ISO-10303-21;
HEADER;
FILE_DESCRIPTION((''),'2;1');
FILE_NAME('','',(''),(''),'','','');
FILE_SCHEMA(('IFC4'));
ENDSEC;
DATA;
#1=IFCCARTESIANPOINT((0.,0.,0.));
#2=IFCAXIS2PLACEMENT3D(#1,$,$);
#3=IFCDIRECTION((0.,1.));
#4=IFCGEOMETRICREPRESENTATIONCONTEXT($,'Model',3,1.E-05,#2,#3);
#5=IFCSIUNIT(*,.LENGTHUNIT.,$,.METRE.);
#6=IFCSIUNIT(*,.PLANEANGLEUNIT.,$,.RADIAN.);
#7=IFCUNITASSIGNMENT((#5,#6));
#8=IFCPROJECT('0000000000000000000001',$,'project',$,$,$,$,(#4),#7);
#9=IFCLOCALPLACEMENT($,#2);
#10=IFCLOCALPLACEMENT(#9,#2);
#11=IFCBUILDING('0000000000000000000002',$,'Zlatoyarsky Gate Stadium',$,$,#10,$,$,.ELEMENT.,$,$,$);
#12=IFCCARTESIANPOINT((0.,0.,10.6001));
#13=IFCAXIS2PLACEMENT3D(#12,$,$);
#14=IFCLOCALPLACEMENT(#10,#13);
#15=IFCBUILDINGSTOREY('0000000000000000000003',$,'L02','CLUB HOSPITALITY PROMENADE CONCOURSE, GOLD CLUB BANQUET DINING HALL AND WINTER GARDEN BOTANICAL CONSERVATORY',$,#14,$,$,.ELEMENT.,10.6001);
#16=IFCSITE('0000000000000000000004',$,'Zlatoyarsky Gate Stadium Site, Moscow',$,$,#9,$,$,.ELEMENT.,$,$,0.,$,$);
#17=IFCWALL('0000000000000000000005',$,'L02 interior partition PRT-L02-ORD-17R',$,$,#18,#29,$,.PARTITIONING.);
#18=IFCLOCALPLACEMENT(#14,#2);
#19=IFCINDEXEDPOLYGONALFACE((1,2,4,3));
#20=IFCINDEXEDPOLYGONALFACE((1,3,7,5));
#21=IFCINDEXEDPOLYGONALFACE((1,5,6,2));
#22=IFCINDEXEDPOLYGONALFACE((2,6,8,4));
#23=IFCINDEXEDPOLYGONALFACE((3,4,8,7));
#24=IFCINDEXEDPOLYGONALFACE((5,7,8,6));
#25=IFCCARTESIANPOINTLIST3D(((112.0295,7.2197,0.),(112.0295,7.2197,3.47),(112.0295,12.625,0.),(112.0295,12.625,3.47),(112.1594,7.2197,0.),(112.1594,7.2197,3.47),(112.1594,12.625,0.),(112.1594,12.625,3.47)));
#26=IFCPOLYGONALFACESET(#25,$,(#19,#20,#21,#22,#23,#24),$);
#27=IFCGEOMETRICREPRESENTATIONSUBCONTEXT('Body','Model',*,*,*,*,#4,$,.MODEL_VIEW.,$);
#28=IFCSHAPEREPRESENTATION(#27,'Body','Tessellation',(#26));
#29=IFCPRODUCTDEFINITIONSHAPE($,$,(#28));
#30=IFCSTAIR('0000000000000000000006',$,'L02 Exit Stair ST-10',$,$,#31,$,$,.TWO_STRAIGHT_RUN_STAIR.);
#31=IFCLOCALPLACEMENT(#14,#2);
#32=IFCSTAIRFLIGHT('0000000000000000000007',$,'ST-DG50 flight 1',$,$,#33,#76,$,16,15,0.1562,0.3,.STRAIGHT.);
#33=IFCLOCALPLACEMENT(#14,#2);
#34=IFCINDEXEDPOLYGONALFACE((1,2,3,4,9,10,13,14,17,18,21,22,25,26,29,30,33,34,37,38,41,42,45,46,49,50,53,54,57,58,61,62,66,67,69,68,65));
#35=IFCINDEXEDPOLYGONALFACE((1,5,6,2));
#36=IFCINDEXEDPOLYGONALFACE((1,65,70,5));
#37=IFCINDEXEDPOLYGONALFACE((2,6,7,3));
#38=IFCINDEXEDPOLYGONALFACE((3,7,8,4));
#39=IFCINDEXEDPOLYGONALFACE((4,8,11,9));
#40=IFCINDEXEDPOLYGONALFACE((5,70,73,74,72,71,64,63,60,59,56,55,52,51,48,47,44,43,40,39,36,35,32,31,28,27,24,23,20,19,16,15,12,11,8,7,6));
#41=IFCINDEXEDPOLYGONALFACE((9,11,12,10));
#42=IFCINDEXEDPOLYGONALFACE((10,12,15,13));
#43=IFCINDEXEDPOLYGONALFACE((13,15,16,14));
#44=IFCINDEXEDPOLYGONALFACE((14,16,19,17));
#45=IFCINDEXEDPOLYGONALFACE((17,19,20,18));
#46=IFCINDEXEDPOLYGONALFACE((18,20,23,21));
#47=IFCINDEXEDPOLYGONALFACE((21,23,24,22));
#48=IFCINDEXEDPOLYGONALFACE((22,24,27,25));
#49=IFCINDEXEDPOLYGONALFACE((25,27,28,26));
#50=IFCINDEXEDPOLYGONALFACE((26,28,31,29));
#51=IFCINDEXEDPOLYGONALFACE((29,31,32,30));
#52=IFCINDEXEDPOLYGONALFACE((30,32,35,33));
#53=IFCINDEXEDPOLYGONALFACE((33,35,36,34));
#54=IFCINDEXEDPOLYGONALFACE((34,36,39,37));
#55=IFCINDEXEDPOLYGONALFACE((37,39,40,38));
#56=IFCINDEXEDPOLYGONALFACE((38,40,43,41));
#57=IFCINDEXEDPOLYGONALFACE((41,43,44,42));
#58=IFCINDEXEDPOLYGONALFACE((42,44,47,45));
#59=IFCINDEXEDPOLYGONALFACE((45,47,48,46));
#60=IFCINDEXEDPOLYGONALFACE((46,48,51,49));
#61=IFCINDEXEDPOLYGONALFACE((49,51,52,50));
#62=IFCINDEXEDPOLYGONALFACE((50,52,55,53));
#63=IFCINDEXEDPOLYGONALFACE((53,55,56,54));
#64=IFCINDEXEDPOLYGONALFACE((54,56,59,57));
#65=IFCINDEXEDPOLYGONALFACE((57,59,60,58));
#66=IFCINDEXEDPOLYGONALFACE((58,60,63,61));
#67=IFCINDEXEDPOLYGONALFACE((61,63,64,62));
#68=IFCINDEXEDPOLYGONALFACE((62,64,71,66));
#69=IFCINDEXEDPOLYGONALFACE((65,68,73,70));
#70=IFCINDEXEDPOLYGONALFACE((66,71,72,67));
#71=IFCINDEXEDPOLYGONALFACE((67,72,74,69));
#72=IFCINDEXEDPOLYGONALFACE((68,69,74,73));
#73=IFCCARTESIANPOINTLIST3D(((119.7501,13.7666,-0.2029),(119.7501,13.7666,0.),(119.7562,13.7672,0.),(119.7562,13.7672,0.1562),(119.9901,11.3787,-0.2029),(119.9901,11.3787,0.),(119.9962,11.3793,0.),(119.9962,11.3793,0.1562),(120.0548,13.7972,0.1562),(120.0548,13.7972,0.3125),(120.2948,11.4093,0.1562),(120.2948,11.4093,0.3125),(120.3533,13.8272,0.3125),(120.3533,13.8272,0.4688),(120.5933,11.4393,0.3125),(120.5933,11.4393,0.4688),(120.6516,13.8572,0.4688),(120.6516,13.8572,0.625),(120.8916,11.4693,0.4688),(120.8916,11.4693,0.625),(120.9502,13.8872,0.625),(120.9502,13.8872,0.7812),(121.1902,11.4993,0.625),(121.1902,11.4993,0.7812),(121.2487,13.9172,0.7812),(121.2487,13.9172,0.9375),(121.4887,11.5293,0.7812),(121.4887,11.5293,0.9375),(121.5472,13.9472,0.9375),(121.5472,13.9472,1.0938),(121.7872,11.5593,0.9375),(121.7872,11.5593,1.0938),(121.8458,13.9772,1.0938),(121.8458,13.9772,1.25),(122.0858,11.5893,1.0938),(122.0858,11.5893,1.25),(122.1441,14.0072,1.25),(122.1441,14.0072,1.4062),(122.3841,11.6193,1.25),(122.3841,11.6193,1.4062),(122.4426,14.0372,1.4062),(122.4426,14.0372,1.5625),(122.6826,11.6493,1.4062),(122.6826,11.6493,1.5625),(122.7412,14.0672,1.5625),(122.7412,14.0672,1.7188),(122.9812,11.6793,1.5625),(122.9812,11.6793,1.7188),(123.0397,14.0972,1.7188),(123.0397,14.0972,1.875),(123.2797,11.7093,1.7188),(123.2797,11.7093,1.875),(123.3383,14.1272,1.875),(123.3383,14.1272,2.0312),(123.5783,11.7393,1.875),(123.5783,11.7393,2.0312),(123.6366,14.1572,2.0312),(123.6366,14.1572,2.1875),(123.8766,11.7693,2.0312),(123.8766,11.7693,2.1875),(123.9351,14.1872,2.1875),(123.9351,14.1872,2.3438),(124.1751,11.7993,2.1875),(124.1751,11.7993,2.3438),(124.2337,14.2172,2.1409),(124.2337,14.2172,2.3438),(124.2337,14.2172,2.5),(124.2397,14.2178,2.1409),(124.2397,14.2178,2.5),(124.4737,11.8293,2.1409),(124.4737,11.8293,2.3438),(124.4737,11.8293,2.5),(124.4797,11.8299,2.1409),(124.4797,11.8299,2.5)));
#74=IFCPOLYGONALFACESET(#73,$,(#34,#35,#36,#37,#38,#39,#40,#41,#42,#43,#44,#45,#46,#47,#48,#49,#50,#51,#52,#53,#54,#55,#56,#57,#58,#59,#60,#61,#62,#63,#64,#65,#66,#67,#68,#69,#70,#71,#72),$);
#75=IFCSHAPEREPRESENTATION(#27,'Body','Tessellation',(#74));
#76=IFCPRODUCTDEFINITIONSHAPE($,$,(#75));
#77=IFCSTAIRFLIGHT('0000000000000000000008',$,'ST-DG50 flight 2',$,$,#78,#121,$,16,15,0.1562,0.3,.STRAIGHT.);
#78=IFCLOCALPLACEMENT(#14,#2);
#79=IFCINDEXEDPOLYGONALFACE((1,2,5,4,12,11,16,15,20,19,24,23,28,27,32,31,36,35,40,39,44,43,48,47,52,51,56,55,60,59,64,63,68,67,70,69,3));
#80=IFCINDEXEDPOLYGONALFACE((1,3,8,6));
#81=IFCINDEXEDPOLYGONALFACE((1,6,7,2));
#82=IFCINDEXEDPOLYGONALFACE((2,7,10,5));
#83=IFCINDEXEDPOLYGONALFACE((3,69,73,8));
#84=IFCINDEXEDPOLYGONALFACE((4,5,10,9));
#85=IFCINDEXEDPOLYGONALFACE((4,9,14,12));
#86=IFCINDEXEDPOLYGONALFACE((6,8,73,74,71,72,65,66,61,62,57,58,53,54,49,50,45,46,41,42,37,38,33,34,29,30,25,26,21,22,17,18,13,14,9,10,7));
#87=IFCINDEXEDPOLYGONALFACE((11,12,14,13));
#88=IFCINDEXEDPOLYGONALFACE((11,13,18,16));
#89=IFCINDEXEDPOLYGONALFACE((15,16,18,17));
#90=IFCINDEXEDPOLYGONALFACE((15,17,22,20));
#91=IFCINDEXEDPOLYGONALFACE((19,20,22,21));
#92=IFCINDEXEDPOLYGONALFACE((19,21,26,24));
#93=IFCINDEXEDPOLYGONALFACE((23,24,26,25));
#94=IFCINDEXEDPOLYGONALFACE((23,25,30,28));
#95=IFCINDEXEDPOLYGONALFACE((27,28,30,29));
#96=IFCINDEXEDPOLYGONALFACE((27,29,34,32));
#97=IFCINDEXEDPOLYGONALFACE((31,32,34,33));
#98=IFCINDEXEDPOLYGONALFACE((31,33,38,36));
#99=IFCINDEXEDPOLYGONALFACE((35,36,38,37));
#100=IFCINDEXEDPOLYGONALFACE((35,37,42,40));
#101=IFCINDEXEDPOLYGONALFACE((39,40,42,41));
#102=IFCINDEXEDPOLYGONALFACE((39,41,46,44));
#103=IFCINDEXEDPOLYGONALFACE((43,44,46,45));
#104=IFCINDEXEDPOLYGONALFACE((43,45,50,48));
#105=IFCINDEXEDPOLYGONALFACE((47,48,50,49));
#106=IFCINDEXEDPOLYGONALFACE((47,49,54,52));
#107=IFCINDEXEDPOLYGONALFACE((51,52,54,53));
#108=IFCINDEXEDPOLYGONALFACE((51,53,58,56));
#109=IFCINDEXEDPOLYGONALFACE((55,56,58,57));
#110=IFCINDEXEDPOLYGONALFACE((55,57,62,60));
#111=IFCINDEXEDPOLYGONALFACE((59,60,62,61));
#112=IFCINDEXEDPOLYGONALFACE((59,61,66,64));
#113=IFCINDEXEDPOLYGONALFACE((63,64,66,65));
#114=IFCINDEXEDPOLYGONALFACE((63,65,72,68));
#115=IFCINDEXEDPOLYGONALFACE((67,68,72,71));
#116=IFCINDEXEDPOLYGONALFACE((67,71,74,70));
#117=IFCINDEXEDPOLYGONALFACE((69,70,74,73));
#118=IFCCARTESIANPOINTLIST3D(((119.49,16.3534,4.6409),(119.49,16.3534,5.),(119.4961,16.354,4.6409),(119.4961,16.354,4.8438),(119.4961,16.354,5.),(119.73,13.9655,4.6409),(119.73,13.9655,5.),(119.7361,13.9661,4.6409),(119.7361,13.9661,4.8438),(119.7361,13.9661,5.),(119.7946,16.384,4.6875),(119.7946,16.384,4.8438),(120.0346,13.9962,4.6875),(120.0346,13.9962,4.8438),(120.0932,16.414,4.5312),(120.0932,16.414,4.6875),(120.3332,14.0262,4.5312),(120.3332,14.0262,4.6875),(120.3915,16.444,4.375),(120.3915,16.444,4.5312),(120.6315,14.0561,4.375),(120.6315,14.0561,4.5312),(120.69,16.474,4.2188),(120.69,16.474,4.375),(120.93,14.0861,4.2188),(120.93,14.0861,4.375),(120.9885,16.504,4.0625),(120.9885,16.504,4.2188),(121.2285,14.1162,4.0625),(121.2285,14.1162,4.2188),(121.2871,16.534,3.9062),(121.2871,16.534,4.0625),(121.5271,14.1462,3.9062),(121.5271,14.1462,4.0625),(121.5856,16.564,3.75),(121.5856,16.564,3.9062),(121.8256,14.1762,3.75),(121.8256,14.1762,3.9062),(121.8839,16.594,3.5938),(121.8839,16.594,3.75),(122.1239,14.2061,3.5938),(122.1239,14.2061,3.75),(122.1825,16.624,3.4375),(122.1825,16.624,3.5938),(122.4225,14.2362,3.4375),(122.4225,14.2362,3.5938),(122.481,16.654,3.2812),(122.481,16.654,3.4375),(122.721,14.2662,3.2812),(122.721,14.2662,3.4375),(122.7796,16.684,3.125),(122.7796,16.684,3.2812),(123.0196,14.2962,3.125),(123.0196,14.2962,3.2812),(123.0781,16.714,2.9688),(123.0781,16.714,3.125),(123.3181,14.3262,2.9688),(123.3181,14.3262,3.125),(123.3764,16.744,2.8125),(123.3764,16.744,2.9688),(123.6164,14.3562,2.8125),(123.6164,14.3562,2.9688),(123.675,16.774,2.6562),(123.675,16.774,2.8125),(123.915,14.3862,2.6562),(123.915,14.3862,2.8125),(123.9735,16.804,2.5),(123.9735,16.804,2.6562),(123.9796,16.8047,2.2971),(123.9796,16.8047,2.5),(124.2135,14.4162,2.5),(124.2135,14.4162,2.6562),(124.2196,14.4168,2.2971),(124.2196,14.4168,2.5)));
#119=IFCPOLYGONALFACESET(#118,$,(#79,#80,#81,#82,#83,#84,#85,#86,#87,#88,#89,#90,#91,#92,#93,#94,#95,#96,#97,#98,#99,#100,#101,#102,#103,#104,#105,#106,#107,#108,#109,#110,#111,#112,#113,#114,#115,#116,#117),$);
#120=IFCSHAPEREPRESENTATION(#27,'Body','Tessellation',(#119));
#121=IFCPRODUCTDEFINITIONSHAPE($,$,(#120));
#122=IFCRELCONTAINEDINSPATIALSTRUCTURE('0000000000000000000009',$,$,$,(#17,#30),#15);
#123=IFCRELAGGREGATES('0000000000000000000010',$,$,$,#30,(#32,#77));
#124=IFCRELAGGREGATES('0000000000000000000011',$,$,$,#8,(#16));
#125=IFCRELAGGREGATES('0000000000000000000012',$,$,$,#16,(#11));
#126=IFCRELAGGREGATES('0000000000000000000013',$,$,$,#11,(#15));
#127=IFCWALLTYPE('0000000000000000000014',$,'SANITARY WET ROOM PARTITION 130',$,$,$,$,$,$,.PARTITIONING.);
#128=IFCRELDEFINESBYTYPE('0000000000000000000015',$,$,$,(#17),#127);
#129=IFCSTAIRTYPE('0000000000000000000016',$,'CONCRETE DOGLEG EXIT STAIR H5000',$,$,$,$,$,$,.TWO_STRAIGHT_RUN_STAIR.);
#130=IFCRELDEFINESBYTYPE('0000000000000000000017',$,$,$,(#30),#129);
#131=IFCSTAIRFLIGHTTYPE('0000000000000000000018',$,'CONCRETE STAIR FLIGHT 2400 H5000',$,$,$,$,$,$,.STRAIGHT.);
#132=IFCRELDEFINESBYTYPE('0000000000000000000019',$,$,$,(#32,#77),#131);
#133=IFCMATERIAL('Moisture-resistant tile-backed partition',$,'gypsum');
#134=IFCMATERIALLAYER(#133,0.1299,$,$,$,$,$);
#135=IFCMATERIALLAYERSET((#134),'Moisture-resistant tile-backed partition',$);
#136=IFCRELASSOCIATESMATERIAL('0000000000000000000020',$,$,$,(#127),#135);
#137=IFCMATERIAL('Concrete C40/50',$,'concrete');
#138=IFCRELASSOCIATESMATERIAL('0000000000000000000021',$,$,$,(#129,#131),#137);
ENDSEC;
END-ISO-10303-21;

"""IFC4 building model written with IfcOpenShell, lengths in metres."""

from ifc_helpers import new_model, si_unit, direction, frame, frame_2d, origin, place, context, subcontext, project, spatial, polyline, rectangle, outline, extrude, material, layer, layer_set, type_object, element, aggregate, save


model = new_model("IFC4")

# Units and contexts
model_context = context("Model", 3, precision=1e-05, world=origin(), true_north=direction((0.0, 1.0)))
body_context = subcontext(model_context, "Body", "Model", "MODEL_VIEW")
ifc_project = project(units=[si_unit("LENGTHUNIT", "METRE"), si_unit("PLANEANGLEUNIT", "RADIAN")], contexts=[model_context])

# Site, building, storey
site_placement = place(None, origin())
site = spatial("IfcSite", under=ifc_project, at=site_placement, Name="Zlatoyarsky Gate Stadium Site, Moscow", CompositionType="ELEMENT", RefElevation=0.0)
building_placement = place(site_placement, origin())
building = spatial("IfcBuilding", under=site, at=building_placement, Name="Zlatoyarsky Gate Stadium", CompositionType="ELEMENT")
storey_placement = place(building_placement, frame((0.0, 0.0, 10.6001)))
storey = spatial("IfcBuildingStorey", under=building, at=storey_placement, Name="L02", Description="CLUB HOSPITALITY PROMENADE CONCOURSE, GOLD CLUB BANQUET DINING HALL AND WINTER GARDEN BOTANICAL CONSERVATORY", CompositionType="ELEMENT", Elevation=10.6001)

# Shared definitions
ifc_material_1 = material(Name="Concrete C40/50", Category="concrete")

# Wall
ifc_material_2 = material(Name="Moisture-resistant tile-backed partition", Category="gypsum")
ifc_layer_1 = layer(ifc_material_2, 0.1299)
ifc_layer_set_1 = layer_set([ifc_layer_1], Name="Moisture-resistant tile-backed partition")
wall_type_1 = type_object("IfcWallType", Name="SANITARY WET ROOM PARTITION 130", PredefinedType="PARTITIONING", material=ifc_layer_set_1)
wall_1_placement = place(storey_placement, frame((112.0945, 12.625, 0.0), z_axis=(0.0, 0.0, 1.0), x_axis=(0.0, -1.0, 0.0)))
element("IfcWall", 1, at=wall_1_placement, inside=storey, type_object=wall_type_1, Name="L02 interior partition PRT-L02-ORD-17R", PredefinedType="PARTITIONING", context=body_context, shape_type="SweptSolid", body=[
    extrude(rectangle(XDim=5.4053, YDim=0.1299, at=frame_2d((2.7026, 0.0))), origin(), (0.0, 0.0, 1.0), 3.47),
])

# Stair, stair flights
stair_type = type_object("IfcStairType", Name="CONCRETE DOGLEG EXIT STAIR H5000", PredefinedType="TWO_STRAIGHT_RUN_STAIR", material=ifc_material_1)
stair_placement = place(storey_placement, origin())
stair = element("IfcStair", 2, at=stair_placement, inside=storey, type_object=stair_type, Name="L02 Exit Stair ST-10", PredefinedType="TWO_STRAIGHT_RUN_STAIR")
stair_flight_type = type_object("IfcStairFlightType", Name="CONCRETE STAIR FLIGHT 2400 H5000", PredefinedType="STRAIGHT", material=ifc_material_1)
stair_flight_1_placement = place(storey_placement, frame((119.8762, 12.5732, 0.0), z_axis=(0.0, 0.0, 1.0), x_axis=(0.994987, 0.100006, 0.0)))
stair_flight_1 = element("IfcStairFlight", 3, at=stair_flight_1_placement, type_object=stair_flight_type, Name="ST-DG50 flight 1", NumberOfRisers=16, NumberOfTreads=15, PredefinedType="STRAIGHT", RiserHeight=0.1562, TreadLength=0.3, context=body_context, shape_type="SweptSolid", body=[
    extrude(outline(polyline([(-0.0061, -0.2029), (-0.0061, 0.0), (0.0, 0.0), (0.0, 0.1562), (0.3, 0.1562), (0.3, 0.3125), (0.6001, 0.3125), (0.6001, 0.4688), (0.8999, 0.4688), (0.8999, 0.625), (1.2, 0.625), (1.2, 0.7812), (1.5, 0.7812), (1.5, 0.9375), (1.8, 0.9375), (1.8, 1.0938), (2.1001, 1.0938), (2.1001, 1.25), (2.3999, 1.25), (2.3999, 1.4062), (2.7, 1.4062), (2.7, 1.5625), (3.0, 1.5625), (3.0, 1.7188), (3.3, 1.7188), (3.3, 1.875), (3.6001, 1.875), (3.6001, 2.0312), (3.8999, 2.0312), (3.8999, 2.1875), (4.2, 2.1875), (4.2, 2.3438), (4.5, 2.3438), (4.5, 2.5), (4.5061, 2.5), (4.5061, 2.1409), (4.5, 2.1409), (-0.0061, -0.2029)])), frame((0.0, 1.2, 0.0), z_axis=(0.0, -1.0, 0.0), x_axis=(1.0, 0.0, 0.0)), (0.0, 0.0, 1.0), 2.3999),
])
stair_flight_2_placement = place(storey_placement, frame((124.0935, 15.6101, 2.5), z_axis=(0.0, 0.0, 1.0), x_axis=(-0.994987, -0.100006, 0.0)))
stair_flight_2 = element("IfcStairFlight", 4, at=stair_flight_2_placement, type_object=stair_flight_type, Name="ST-DG50 flight 2", NumberOfRisers=16, NumberOfTreads=15, PredefinedType="STRAIGHT", RiserHeight=0.1562, TreadLength=0.3, context=body_context, shape_type="SweptSolid", body=[
    extrude(outline(polyline([(-0.0061, -0.2029), (-0.0061, 0.0), (0.0, 0.0), (0.0, 0.1562), (0.3, 0.1562), (0.3, 0.3125), (0.6001, 0.3125), (0.6001, 0.4688), (0.8999, 0.4688), (0.8999, 0.625), (1.2, 0.625), (1.2, 0.7812), (1.5, 0.7812), (1.5, 0.9375), (1.8, 0.9375), (1.8, 1.0938), (2.1001, 1.0938), (2.1001, 1.25), (2.3999, 1.25), (2.3999, 1.4062), (2.7, 1.4062), (2.7, 1.5625), (3.0, 1.5625), (3.0, 1.7188), (3.3, 1.7188), (3.3, 1.875), (3.6001, 1.875), (3.6001, 2.0312), (3.8999, 2.0312), (3.8999, 2.1875), (4.2, 2.1875), (4.2, 2.3438), (4.5, 2.3438), (4.5, 2.5), (4.5061, 2.5), (4.5061, 2.1409), (4.5, 2.1409), (-0.0061, -0.2029)])), frame((0.0, 1.2, 0.0), z_axis=(0.0, -1.0, 0.0), x_axis=(1.0, 0.0, 0.0)), (0.0, 0.0, 1.0), 2.3999),
])
aggregate(stair, [stair_flight_1, stair_flight_2])

save(model, "model.ifc")
